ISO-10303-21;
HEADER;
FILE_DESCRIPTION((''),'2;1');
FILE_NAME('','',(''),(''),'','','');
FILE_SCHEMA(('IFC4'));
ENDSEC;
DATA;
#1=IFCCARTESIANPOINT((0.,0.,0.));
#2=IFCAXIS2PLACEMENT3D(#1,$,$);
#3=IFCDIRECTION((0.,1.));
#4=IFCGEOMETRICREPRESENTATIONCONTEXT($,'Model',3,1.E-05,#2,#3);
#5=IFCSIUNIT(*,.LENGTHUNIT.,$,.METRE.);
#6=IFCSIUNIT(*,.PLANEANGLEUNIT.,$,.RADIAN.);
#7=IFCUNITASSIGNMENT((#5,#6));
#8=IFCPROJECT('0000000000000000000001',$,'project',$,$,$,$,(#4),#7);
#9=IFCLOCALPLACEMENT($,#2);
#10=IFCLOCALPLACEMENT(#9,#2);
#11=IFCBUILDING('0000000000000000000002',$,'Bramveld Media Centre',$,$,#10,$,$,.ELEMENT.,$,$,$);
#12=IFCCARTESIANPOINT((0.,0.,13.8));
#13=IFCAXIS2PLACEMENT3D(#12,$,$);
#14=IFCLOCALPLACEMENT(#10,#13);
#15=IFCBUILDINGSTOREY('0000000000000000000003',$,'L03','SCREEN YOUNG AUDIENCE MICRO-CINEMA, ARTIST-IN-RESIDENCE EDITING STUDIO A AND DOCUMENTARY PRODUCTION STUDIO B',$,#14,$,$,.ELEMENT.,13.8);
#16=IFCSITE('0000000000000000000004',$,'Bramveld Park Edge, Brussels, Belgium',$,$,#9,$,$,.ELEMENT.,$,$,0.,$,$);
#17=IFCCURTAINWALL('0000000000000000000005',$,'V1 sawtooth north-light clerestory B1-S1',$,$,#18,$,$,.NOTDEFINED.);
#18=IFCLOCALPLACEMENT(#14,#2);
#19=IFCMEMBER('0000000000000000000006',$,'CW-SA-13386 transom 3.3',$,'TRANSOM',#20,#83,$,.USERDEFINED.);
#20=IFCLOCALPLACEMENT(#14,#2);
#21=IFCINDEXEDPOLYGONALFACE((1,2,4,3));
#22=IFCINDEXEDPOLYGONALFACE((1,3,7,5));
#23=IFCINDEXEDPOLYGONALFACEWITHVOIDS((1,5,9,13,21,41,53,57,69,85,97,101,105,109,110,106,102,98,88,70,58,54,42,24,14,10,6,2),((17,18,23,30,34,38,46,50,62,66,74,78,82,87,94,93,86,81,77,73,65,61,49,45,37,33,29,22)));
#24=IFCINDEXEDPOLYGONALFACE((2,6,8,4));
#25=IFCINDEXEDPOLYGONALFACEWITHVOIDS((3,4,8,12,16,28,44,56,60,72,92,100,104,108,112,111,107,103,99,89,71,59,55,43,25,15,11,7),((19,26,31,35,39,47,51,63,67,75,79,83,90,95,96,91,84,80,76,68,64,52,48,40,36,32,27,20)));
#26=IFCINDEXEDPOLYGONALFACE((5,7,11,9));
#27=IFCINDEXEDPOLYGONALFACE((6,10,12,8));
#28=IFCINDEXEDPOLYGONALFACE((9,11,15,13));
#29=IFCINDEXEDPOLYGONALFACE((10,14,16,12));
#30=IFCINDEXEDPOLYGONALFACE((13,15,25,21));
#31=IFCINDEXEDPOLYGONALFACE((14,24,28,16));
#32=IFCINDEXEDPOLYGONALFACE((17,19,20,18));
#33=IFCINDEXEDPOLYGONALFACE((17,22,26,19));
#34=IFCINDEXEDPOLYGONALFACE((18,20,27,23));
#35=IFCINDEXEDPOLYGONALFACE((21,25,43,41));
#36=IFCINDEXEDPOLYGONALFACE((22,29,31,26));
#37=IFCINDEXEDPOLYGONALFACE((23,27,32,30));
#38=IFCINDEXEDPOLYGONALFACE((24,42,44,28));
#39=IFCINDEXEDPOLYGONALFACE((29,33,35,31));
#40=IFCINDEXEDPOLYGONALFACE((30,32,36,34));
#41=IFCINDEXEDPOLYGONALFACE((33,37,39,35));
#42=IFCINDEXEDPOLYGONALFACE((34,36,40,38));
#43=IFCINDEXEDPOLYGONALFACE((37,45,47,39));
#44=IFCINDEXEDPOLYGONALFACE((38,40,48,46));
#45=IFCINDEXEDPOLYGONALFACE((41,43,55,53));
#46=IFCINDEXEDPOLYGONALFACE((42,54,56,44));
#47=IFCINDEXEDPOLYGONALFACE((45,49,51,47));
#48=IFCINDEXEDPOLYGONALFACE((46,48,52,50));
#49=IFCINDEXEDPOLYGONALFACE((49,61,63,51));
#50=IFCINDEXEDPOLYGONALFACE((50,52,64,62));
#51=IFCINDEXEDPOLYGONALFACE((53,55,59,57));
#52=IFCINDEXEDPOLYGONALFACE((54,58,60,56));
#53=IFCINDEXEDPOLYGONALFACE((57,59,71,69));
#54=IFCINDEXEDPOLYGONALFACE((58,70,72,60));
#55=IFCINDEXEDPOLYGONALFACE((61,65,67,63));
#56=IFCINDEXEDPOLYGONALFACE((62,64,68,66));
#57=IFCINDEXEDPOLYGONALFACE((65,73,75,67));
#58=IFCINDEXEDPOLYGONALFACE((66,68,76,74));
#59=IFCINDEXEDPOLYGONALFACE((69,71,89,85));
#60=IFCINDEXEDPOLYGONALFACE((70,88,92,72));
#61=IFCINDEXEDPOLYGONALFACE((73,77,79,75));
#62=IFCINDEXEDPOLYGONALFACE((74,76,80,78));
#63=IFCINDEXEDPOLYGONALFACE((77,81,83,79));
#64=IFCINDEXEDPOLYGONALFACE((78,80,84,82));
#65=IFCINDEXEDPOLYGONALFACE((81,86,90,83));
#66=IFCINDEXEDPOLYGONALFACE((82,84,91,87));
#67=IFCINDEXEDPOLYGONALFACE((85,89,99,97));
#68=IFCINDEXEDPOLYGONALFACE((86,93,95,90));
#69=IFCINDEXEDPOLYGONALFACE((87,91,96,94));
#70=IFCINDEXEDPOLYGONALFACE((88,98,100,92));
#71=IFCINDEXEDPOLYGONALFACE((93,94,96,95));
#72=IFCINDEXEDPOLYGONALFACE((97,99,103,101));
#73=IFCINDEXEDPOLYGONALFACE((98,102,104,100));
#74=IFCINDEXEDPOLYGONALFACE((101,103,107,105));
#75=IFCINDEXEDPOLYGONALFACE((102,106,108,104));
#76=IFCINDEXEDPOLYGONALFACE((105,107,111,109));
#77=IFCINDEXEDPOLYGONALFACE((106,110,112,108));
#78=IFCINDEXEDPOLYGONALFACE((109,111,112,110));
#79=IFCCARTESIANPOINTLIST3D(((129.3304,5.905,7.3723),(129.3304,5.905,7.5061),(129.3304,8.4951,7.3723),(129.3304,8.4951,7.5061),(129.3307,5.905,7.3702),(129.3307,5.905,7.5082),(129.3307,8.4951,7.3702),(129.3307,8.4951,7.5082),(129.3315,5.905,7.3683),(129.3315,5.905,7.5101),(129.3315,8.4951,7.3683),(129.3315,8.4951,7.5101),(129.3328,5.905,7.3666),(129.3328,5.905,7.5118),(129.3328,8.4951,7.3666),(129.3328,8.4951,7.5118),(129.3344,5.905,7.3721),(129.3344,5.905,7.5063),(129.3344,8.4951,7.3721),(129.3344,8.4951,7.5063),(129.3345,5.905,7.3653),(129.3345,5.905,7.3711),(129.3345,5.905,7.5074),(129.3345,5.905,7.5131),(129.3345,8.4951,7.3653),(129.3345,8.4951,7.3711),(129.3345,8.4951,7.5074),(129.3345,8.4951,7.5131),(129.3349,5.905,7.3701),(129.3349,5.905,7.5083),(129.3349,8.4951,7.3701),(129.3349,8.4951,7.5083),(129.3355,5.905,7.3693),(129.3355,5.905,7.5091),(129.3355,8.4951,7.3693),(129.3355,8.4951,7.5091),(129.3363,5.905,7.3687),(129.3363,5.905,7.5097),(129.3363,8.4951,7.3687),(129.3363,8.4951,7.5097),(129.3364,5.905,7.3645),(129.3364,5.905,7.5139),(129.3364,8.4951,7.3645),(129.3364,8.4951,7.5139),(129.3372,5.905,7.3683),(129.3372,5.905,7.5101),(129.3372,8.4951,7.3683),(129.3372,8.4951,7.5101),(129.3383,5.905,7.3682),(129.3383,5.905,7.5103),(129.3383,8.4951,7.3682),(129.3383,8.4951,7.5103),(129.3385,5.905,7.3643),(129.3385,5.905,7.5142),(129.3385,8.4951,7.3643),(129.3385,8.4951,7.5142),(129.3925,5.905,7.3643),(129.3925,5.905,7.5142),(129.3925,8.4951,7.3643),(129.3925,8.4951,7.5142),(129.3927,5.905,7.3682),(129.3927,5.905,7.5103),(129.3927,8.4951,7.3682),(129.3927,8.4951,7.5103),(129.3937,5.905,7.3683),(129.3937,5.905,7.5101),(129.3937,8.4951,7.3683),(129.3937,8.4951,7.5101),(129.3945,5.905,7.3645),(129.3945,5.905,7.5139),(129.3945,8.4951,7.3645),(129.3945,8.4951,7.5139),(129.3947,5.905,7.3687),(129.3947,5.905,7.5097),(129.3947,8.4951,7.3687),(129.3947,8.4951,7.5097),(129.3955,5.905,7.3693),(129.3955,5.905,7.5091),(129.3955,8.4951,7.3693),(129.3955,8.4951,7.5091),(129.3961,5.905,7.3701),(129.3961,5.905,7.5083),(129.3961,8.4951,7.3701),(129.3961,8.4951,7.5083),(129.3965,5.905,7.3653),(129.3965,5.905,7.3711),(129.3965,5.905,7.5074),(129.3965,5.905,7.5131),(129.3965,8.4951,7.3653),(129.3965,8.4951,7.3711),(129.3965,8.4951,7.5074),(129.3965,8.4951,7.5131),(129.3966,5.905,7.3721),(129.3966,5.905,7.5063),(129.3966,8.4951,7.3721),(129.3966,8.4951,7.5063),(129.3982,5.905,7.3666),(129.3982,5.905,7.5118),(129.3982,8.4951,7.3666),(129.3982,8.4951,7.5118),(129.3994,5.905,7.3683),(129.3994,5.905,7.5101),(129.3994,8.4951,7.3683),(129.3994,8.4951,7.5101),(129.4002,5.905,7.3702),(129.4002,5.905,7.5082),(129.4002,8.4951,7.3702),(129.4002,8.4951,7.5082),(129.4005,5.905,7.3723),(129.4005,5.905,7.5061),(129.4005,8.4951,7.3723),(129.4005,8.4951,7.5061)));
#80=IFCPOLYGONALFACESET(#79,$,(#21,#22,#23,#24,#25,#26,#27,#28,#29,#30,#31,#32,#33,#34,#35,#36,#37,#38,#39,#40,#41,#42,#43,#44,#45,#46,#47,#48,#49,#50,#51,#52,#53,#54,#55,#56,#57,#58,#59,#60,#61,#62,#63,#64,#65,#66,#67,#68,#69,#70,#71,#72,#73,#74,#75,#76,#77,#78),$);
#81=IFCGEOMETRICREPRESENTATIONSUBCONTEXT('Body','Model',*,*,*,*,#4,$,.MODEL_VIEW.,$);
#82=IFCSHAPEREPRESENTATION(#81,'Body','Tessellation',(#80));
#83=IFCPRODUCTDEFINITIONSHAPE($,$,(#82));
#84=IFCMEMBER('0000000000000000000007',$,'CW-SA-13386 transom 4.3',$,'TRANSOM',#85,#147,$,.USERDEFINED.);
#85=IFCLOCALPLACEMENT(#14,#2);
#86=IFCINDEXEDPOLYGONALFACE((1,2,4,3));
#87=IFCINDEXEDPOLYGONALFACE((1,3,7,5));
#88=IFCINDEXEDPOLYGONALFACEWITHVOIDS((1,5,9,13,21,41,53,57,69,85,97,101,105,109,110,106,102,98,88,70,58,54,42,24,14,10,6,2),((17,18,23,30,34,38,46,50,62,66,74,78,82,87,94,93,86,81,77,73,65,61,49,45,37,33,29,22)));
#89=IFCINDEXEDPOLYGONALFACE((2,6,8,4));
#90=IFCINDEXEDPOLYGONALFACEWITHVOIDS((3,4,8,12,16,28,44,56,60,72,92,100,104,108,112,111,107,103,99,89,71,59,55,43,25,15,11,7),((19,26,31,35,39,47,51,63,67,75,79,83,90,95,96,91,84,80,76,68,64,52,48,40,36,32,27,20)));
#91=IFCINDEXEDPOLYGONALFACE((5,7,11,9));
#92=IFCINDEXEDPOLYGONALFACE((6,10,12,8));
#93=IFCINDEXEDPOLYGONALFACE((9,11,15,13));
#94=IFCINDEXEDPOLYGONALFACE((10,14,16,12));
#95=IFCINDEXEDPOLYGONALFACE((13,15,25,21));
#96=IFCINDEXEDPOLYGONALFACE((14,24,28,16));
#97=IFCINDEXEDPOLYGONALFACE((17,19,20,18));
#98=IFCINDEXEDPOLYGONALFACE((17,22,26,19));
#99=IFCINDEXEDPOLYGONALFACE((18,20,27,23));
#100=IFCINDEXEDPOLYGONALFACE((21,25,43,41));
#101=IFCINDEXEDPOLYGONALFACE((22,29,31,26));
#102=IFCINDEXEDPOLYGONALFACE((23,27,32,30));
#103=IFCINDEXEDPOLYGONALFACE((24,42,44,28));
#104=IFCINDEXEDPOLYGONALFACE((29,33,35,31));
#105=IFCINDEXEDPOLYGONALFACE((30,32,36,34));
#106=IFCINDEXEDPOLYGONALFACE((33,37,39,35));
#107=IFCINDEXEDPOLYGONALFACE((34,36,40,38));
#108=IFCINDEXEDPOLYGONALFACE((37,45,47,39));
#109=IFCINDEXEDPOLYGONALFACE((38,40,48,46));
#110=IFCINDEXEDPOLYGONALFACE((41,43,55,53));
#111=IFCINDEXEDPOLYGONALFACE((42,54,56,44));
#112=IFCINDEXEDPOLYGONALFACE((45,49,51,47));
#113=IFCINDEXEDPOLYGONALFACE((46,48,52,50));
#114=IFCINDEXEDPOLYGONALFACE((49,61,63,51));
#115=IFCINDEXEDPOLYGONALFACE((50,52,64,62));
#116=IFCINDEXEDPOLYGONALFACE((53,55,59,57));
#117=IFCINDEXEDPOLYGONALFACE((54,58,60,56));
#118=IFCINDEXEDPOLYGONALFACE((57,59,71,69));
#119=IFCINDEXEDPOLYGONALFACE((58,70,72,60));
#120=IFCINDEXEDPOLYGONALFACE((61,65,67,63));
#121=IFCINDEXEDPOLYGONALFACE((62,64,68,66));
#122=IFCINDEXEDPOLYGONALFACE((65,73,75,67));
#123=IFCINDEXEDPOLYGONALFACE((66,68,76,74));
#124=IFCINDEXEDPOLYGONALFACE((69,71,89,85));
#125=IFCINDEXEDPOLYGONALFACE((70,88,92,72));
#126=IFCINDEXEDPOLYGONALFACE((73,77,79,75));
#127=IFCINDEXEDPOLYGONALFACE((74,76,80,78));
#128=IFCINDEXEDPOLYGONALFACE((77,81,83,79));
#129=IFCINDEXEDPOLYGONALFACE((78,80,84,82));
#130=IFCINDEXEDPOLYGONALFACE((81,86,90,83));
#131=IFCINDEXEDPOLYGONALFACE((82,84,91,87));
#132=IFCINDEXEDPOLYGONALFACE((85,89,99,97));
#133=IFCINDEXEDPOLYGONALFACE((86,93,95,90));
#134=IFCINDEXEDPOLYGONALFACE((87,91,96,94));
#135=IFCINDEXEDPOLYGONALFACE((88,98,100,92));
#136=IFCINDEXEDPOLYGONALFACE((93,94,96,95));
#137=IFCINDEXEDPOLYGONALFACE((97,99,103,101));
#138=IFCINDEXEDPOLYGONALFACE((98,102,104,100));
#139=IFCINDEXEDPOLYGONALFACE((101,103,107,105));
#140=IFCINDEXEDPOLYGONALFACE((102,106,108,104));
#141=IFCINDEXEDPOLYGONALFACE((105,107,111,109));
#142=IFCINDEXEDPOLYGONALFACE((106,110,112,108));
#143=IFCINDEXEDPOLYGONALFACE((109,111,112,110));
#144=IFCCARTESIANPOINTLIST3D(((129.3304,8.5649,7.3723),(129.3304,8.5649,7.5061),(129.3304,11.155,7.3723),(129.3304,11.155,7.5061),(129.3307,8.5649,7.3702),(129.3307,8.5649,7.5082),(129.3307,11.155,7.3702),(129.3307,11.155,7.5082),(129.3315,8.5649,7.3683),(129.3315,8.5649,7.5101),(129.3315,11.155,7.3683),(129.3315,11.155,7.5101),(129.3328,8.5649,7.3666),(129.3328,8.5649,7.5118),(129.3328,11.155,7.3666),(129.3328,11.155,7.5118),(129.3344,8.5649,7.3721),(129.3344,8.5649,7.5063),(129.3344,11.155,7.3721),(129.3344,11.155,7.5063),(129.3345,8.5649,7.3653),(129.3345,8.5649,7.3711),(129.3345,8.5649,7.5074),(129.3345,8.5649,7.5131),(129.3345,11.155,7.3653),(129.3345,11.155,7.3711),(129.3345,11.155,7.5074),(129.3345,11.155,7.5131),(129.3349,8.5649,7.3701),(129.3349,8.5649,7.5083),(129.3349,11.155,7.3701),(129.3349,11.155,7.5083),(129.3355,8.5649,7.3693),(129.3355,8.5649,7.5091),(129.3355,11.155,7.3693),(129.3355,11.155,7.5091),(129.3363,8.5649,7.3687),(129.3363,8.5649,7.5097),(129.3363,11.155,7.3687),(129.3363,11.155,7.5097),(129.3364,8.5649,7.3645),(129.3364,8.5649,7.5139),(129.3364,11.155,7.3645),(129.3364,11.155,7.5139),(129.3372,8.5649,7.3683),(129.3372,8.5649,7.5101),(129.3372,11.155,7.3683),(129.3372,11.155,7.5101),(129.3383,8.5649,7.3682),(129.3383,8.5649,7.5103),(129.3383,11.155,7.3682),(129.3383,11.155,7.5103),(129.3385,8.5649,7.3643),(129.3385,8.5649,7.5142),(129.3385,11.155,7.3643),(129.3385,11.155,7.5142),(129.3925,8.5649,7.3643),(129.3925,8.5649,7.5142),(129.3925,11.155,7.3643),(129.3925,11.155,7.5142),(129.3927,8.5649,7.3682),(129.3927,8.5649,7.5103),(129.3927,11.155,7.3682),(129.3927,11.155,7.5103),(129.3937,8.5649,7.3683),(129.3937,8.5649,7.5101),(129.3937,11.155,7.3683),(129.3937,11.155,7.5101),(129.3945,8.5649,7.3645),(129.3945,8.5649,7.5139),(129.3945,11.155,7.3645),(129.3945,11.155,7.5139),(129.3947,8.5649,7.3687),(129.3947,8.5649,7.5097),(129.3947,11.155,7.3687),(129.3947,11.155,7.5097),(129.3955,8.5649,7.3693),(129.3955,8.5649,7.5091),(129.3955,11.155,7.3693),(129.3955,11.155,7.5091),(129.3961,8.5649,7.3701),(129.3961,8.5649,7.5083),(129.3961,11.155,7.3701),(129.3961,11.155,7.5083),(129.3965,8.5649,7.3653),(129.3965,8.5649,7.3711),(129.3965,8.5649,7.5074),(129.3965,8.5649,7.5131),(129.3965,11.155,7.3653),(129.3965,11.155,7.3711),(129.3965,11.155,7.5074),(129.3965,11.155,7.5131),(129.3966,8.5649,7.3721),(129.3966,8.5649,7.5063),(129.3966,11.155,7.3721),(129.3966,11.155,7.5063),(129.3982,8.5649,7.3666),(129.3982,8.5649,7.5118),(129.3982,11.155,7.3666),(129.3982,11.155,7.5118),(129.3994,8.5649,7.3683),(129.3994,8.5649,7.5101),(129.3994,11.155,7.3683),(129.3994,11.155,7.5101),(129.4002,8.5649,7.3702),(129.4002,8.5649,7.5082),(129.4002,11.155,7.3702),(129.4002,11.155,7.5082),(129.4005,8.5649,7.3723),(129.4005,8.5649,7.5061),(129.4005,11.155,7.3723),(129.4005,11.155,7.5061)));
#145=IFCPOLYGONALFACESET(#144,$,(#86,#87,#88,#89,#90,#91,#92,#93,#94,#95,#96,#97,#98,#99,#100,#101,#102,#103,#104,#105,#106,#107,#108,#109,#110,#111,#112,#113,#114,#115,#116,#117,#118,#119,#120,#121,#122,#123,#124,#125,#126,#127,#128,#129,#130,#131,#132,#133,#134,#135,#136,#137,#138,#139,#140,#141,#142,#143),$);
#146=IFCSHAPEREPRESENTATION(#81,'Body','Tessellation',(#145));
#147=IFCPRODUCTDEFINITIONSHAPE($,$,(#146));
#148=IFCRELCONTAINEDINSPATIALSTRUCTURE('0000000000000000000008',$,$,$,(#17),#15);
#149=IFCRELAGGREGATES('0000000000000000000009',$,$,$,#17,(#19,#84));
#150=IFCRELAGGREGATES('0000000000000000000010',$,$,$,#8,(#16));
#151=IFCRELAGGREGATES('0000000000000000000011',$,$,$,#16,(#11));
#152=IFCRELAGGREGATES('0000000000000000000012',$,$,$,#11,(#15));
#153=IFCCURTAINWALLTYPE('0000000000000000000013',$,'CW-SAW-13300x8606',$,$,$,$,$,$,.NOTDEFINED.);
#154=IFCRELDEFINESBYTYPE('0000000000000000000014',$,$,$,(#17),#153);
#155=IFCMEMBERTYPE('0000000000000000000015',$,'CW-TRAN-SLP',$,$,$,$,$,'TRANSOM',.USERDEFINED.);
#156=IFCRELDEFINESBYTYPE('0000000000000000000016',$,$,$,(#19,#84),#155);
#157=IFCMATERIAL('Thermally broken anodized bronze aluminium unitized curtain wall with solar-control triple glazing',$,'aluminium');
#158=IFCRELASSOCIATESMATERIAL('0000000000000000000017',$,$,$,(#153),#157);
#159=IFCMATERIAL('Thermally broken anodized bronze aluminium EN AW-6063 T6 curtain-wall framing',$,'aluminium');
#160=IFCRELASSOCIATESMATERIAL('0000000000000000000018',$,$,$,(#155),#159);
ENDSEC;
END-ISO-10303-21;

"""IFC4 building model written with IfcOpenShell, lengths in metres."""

from ifc_helpers import new_model, si_unit, direction, frame, origin, origin_2d, place, context, subcontext, project, spatial, hollow_rectangle, extrude, material, material_profile, profile_set, type_object, element, aggregate, save


model = new_model("IFC4")

# Units and contexts
model_context = context("Model", 3, precision=1e-05, world=origin(), true_north=direction((0.0, 1.0)))
body_context = subcontext(model_context, "Body", "Model", "MODEL_VIEW")
ifc_project = project(units=[si_unit("LENGTHUNIT", "METRE"), si_unit("PLANEANGLEUNIT", "RADIAN")], contexts=[model_context])

# Site, building, storey
site_placement = place(None, origin())
site = spatial("IfcSite", under=ifc_project, at=site_placement, Name="Bramveld Park Edge, Brussels, Belgium", CompositionType="ELEMENT", RefElevation=0.0)
building_placement = place(site_placement, origin())
building = spatial("IfcBuilding", under=site, at=building_placement, Name="Bramveld Media Centre", CompositionType="ELEMENT")
storey_placement = place(building_placement, frame((0.0, 0.0, 13.8)))
storey = spatial("IfcBuildingStorey", under=building, at=storey_placement, Name="L03", Description="SCREEN YOUNG AUDIENCE MICRO-CINEMA, ARTIST-IN-RESIDENCE EDITING STUDIO A AND DOCUMENTARY PRODUCTION STUDIO B", CompositionType="ELEMENT", Elevation=13.8)

# Curtain wall, members
ifc_material_1 = material(Name="Thermally broken anodized bronze aluminium unitized curtain wall with solar-control triple glazing", Category="aluminium")
curtain_wall_type = type_object("IfcCurtainWallType", Name="CW-SAW-13300x8606", PredefinedType="NOTDEFINED", material=ifc_material_1)
curtain_wall_1_placement = place(storey_placement, origin())
curtain_wall_1 = element("IfcCurtainWall", 1, at=curtain_wall_1_placement, inside=storey, type_object=curtain_wall_type, Name="V1 sawtooth north-light clerestory B1-S1", PredefinedType="NOTDEFINED")
ifc_material_2 = material(Name="Thermally broken anodized bronze aluminium EN AW-6063 T6 curtain-wall framing", Category="aluminium")
ifc_material_profile_1 = material_profile(ifc_material_2, hollow_rectangle(XDim=0.0701, YDim=0.1499, WallThickness=0.0039, InnerFilletRadius=0.0039, OuterFilletRadius=0.0081, at=origin_2d()), Name="AL-TRAN 70x150")
ifc_profile_set_1 = profile_set([ifc_material_profile_1], Name="Thermally broken anodized bronze aluminium EN AW-6063 T6 curtain-wall framing")
member_type_1 = type_object("IfcMemberType", Name="CW-TRAN-SLP", ElementType="TRANSOM", PredefinedType="USERDEFINED", material=ifc_profile_set_1)
member_1_placement = place(storey_placement, frame((129.3655, 5.905, 7.4392), z_axis=(0.0, 1.0, 0.0), x_axis=(-1.0, 0.0, 0.0)))
member_1 = element("IfcMember", 2, at=member_1_placement, type_object=member_type_1, Name="CW-SA-13386 transom 3.3", ObjectType="TRANSOM", PredefinedType="USERDEFINED", context=body_context, shape_type="SweptSolid", body=[
    extrude(hollow_rectangle(XDim=0.0701, YDim=0.1499, WallThickness=0.0039, InnerFilletRadius=0.0039, OuterFilletRadius=0.0081, at=origin_2d()), origin(), (0.0, 0.0, 1.0), 2.5901),
])
member_2_placement = place(storey_placement, frame((129.3655, 8.5649, 7.4392), z_axis=(0.0, 1.0, 0.0), x_axis=(-1.0, 0.0, 0.0)))
member_2 = element("IfcMember", 3, at=member_2_placement, type_object=member_type_1, Name="CW-SA-13386 transom 4.3", ObjectType="TRANSOM", PredefinedType="USERDEFINED", context=body_context, shape_type="SweptSolid", body=[
    extrude(hollow_rectangle(XDim=0.0701, YDim=0.1499, WallThickness=0.0039, InnerFilletRadius=0.0039, OuterFilletRadius=0.0081, at=origin_2d()), origin(), (0.0, 0.0, 1.0), 2.5901),
])
aggregate(curtain_wall_1, [member_1, member_2])

save(model, "model.ifc")
